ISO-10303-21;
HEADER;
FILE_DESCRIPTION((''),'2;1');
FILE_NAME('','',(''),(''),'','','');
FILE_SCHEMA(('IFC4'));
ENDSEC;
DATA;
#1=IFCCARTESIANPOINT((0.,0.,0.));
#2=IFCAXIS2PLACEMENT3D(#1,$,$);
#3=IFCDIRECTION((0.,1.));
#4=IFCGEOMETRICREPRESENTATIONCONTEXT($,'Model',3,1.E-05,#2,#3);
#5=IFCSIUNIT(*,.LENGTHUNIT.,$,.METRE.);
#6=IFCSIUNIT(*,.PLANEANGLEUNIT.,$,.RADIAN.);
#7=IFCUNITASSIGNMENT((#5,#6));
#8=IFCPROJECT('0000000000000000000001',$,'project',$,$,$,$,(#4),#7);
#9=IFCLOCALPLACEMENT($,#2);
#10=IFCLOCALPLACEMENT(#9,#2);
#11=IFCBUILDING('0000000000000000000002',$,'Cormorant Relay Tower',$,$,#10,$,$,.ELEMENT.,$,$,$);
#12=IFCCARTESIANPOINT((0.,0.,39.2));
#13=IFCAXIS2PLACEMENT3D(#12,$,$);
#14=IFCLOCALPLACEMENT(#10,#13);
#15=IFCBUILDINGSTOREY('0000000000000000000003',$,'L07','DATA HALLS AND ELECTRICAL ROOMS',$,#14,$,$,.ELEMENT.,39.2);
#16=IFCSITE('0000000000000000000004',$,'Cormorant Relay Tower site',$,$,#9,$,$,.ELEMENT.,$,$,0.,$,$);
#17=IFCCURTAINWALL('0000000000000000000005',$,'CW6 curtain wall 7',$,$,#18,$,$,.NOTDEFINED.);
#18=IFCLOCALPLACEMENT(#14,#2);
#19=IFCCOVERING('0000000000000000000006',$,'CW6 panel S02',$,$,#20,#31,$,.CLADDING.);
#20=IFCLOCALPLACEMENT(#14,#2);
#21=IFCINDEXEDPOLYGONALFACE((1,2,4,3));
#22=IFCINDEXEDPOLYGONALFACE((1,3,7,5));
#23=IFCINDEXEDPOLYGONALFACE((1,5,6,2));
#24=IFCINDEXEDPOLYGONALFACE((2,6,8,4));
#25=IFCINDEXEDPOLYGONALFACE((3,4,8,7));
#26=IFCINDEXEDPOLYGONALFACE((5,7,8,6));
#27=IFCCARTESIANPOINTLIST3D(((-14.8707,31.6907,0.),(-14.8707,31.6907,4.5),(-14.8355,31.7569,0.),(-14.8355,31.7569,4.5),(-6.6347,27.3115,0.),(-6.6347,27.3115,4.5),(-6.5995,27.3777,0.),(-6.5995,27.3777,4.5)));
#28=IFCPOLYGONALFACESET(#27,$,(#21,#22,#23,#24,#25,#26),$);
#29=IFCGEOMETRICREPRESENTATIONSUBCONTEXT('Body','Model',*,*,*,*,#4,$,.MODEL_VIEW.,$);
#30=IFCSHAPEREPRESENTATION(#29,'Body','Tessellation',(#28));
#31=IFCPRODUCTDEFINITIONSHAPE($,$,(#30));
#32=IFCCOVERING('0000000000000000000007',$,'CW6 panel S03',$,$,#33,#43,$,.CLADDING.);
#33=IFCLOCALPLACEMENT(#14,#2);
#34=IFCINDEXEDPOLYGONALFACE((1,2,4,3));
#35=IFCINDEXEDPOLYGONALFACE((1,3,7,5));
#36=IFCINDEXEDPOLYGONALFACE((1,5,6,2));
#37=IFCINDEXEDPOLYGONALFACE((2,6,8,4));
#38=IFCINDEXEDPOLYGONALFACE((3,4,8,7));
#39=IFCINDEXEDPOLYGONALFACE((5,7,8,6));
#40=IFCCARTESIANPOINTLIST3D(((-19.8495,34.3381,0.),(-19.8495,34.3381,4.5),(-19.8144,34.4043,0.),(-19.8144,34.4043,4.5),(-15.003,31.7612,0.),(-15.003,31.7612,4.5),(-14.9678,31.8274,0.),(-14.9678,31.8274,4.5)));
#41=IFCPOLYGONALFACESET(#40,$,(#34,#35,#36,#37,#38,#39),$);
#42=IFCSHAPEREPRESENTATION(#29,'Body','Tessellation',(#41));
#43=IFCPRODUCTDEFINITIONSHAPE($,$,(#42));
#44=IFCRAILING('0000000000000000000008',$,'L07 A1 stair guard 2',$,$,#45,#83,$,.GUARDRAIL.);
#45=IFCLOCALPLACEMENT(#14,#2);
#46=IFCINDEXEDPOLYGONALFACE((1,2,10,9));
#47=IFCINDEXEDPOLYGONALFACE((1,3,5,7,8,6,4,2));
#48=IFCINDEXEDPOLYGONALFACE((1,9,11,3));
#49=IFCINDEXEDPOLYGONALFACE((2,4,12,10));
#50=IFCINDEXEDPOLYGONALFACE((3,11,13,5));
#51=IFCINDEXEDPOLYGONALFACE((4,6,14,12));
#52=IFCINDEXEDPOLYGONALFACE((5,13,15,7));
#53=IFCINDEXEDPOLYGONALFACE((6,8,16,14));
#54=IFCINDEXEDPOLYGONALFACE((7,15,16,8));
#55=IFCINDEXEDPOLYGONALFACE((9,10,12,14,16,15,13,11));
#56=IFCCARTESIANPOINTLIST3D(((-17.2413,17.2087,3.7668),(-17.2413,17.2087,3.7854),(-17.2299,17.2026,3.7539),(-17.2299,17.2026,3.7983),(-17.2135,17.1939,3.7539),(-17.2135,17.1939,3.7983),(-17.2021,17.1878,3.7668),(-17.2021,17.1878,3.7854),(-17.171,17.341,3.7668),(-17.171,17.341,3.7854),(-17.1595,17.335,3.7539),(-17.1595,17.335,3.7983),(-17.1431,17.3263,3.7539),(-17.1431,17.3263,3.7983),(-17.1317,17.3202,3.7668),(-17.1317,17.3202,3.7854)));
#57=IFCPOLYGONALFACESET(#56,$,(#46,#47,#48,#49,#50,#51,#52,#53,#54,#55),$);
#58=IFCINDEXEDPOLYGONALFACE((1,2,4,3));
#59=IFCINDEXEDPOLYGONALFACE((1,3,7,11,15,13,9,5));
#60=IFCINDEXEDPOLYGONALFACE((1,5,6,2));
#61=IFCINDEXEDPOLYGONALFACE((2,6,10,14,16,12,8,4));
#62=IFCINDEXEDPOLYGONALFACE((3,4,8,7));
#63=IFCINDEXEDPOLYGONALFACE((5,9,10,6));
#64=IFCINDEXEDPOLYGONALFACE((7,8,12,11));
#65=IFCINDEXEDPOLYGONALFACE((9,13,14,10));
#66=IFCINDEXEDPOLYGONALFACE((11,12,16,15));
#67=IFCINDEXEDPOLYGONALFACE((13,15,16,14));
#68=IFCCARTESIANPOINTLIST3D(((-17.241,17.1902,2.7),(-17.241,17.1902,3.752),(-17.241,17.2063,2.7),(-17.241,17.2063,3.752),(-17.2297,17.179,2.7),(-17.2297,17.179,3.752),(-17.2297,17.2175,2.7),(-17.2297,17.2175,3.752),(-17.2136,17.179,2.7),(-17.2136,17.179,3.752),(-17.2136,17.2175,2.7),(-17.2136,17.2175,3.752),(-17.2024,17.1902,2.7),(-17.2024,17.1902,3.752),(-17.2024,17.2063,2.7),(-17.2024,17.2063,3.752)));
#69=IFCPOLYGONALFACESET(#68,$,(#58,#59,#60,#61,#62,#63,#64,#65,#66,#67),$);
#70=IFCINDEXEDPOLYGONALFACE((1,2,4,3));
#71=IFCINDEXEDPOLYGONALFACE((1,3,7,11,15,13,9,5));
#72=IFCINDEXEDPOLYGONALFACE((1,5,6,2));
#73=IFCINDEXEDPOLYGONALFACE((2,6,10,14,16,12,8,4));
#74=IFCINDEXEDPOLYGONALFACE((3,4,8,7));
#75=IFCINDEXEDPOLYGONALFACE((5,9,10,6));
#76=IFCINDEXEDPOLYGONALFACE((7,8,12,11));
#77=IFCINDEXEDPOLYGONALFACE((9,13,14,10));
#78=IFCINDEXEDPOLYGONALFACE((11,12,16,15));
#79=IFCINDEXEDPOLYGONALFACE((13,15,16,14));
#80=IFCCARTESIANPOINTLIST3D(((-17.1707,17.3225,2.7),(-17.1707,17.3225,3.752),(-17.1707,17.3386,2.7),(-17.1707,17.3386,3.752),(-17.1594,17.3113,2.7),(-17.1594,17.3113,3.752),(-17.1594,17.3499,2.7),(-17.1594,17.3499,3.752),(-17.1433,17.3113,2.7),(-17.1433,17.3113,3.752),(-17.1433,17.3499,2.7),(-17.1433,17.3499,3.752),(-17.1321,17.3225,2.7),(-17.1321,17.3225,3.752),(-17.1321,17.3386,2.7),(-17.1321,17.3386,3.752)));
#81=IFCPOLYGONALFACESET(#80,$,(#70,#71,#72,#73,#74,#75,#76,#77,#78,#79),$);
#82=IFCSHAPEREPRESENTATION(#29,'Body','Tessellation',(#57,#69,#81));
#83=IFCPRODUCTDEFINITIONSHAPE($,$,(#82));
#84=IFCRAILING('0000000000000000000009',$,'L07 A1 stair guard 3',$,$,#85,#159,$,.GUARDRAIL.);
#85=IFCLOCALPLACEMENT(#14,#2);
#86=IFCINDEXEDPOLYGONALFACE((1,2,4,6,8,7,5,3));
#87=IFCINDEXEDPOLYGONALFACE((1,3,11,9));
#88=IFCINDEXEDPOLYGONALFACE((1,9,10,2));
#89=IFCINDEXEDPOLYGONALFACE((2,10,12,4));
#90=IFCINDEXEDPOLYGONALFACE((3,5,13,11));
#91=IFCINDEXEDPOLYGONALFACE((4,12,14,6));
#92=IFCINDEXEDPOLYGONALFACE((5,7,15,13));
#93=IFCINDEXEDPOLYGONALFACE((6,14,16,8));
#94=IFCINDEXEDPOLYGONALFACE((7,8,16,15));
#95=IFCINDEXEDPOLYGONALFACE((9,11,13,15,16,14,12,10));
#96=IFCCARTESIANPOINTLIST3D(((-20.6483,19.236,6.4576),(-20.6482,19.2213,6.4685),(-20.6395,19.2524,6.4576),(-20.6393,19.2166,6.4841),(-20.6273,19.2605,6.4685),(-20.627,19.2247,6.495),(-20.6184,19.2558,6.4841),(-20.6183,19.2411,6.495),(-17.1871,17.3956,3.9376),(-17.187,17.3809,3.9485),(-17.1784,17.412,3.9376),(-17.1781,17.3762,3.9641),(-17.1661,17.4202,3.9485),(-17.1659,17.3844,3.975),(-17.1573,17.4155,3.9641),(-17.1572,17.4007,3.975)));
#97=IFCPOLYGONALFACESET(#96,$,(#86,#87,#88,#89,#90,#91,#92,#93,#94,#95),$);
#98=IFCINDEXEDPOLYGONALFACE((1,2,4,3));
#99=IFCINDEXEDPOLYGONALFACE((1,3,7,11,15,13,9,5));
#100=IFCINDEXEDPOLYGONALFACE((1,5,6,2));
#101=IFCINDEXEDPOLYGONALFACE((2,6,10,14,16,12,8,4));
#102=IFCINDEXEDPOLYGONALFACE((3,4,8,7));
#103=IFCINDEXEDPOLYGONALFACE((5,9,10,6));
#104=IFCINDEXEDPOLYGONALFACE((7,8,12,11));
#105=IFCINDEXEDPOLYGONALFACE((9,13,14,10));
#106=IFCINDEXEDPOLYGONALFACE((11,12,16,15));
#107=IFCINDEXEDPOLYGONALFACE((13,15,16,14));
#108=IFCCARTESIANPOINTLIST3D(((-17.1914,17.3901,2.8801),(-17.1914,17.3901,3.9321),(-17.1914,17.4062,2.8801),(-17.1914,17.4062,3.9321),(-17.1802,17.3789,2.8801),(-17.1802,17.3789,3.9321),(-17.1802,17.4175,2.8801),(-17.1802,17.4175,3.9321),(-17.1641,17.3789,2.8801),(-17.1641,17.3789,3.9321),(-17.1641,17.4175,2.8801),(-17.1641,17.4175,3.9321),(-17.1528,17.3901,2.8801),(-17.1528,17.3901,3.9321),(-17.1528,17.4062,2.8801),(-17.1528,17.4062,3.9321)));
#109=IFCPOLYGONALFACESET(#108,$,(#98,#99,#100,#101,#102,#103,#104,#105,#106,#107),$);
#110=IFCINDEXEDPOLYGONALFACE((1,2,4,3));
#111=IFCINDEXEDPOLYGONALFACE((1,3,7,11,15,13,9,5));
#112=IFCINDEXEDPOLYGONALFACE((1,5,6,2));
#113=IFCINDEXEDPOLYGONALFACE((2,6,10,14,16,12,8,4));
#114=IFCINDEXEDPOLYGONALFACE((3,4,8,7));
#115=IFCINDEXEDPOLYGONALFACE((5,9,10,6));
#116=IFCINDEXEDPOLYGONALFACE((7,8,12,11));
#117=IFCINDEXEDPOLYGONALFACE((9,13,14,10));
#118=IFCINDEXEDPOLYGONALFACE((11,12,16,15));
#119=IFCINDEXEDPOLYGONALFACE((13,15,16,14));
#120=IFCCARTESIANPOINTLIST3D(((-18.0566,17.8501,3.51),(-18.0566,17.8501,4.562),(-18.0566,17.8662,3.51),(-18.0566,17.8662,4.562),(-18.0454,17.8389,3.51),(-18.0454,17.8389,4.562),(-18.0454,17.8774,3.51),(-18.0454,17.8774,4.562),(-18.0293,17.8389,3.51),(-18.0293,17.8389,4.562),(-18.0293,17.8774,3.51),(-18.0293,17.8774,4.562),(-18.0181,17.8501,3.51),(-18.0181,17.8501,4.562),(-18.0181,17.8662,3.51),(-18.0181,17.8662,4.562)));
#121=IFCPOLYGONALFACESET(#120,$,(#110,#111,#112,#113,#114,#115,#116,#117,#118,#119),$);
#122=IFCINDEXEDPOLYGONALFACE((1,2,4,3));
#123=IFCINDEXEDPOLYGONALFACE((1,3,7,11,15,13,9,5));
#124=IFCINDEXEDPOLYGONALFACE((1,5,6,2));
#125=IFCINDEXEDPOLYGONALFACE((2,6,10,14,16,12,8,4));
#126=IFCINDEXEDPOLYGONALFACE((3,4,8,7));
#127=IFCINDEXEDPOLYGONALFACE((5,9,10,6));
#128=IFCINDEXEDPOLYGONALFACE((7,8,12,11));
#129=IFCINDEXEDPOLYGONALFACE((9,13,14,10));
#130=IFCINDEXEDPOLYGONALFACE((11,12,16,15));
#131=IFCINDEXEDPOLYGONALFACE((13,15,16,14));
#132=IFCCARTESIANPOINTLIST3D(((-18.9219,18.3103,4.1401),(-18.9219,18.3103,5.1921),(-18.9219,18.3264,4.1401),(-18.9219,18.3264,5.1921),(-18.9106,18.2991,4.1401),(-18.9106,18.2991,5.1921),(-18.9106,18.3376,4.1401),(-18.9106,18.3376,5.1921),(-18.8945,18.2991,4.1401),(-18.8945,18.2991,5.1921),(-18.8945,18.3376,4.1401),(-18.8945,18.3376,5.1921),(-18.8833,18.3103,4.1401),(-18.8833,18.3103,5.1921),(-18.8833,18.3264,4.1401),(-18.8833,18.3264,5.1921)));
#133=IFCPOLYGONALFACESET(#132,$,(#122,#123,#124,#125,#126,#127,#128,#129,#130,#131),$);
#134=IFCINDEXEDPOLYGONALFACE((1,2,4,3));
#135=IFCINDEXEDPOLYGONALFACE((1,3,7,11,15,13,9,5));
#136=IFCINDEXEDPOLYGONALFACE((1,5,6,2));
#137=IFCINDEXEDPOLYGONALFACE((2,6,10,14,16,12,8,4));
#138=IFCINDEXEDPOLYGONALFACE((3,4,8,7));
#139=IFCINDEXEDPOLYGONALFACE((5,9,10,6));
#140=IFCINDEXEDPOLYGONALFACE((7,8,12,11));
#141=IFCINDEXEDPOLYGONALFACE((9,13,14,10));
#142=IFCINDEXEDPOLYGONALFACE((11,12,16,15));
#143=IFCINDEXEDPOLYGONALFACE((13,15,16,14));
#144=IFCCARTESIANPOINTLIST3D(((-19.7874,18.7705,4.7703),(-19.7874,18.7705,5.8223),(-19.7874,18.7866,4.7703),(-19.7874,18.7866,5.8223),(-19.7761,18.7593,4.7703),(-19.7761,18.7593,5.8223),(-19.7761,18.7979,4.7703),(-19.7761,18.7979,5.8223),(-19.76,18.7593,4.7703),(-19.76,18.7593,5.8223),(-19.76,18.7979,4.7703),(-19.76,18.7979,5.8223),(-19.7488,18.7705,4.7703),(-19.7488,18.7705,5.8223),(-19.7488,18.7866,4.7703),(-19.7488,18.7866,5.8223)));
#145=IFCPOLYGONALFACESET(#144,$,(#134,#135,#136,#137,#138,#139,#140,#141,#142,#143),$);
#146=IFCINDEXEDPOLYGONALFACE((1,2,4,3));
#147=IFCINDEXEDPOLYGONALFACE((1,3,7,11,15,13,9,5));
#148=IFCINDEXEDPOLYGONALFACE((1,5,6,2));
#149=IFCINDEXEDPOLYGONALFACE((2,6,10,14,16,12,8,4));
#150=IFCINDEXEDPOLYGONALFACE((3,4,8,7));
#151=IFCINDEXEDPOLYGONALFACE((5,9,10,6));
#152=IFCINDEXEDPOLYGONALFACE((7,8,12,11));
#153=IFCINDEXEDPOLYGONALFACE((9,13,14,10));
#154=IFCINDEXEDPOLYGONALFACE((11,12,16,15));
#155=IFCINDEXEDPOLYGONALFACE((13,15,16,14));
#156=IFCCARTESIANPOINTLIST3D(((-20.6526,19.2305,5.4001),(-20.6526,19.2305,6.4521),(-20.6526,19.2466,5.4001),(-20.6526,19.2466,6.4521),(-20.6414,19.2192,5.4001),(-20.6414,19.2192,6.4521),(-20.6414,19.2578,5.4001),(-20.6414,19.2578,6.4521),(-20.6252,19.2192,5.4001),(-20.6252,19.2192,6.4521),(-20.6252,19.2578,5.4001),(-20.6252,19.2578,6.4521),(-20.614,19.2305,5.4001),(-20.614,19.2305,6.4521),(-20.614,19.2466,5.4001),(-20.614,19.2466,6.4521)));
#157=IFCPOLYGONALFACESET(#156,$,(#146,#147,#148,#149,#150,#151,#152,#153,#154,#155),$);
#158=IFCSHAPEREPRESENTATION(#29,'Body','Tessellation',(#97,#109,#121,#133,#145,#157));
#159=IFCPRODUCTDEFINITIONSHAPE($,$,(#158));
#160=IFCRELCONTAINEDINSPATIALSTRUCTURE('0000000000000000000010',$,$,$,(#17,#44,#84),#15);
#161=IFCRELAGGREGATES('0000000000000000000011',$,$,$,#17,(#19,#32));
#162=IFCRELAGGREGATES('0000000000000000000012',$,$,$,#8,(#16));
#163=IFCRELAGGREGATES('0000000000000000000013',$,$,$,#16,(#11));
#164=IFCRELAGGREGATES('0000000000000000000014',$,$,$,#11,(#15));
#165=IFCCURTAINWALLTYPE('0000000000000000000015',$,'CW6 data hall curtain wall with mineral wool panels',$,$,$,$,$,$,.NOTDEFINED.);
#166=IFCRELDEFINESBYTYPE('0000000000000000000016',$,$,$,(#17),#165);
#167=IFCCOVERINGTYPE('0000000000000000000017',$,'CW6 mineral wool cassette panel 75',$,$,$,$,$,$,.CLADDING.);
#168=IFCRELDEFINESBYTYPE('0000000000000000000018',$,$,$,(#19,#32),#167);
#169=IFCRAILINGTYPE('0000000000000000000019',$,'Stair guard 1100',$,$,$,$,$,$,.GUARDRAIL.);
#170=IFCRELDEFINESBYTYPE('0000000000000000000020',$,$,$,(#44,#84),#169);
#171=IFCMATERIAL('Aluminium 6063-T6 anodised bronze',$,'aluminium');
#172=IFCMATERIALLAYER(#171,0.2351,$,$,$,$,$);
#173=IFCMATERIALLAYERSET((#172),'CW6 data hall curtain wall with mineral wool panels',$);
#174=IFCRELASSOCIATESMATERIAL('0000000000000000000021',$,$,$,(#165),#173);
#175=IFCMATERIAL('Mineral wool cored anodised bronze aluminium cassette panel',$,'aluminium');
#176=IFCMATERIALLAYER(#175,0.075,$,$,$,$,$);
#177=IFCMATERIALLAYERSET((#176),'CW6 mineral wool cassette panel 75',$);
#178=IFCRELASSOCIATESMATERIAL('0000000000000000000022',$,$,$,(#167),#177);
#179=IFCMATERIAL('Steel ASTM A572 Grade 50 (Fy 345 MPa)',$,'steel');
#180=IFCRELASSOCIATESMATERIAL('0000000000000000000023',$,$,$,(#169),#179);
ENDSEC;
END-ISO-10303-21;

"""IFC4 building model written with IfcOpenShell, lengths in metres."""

from ifc_helpers import new_model, si_unit, direction, frame, origin, origin_2d, place, context, subcontext, project, spatial, polyline, rectangle, outline, extrude, material, layer, layer_set, type_object, element, aggregate, save


model = new_model("IFC4")

# Units and contexts
model_context = context("Model", 3, precision=1e-05, world=origin(), true_north=direction((0.0, 1.0)))
body_context = subcontext(model_context, "Body", "Model", "MODEL_VIEW")
ifc_project = project(units=[si_unit("LENGTHUNIT", "METRE"), si_unit("PLANEANGLEUNIT", "RADIAN")], contexts=[model_context])

# Site, building, storey
site_placement = place(None, origin())
site = spatial("IfcSite", under=ifc_project, at=site_placement, Name="Cormorant Relay Tower site", CompositionType="ELEMENT", RefElevation=0.0)
building_placement = place(site_placement, origin())
building = spatial("IfcBuilding", under=site, at=building_placement, Name="Cormorant Relay Tower", CompositionType="ELEMENT")
storey_placement = place(building_placement, frame((0.0, 0.0, 39.2)))
storey = spatial("IfcBuildingStorey", under=building, at=storey_placement, Name="L07", Description="DATA HALLS AND ELECTRICAL ROOMS", CompositionType="ELEMENT", Elevation=39.2)

# Curtain wall
ifc_material_1 = material(Name="Aluminium 6063-T6 anodised bronze", Category="aluminium")
ifc_layer_1 = layer(ifc_material_1, 0.2351)
ifc_layer_set_1 = layer_set([ifc_layer_1], Name="CW6 data hall curtain wall with mineral wool panels")
curtain_wall_type = type_object("IfcCurtainWallType", Name="CW6 data hall curtain wall with mineral wool panels", PredefinedType="NOTDEFINED", material=ifc_layer_set_1)
curtain_wall_placement = place(storey_placement, origin())
curtain_wall = element("IfcCurtainWall", 1, at=curtain_wall_placement, inside=storey, type_object=curtain_wall_type, Name="CW6 curtain wall 7", PredefinedType="NOTDEFINED")

# Coverings
ifc_material_2 = material(Name="Mineral wool cored anodised bronze aluminium cassette panel", Category="aluminium")
ifc_layer_2 = layer(ifc_material_2, 0.075)
ifc_layer_set_2 = layer_set([ifc_layer_2], Name="CW6 mineral wool cassette panel 75")
covering_type = type_object("IfcCoveringType", Name="CW6 mineral wool cassette panel 75", PredefinedType="CLADDING", material=ifc_layer_set_2)
covering_1_placement = place(storey_placement, frame((-10.7351, 29.5342, 0.0), z_axis=(0.0, 0.0, 1.0), x_axis=(-0.882948, 0.469472, 0.0)))
covering_1 = element("IfcCovering", 2, at=covering_1_placement, type_object=covering_type, Name="CW6 panel S02", PredefinedType="CLADDING", context=body_context, shape_type="SweptSolid", body=[
    extrude(rectangle(XDim=9.3279, YDim=0.075, at=origin_2d()), origin(), (0.0, 0.0, 1.0), 4.5),
])
covering_2_placement = place(storey_placement, frame((-17.4087, 33.0828, 0.0), z_axis=(0.0, 0.0, 1.0), x_axis=(-0.882948, 0.469472, 0.0)))
covering_2 = element("IfcCovering", 3, at=covering_2_placement, type_object=covering_type, Name="CW6 panel S03", PredefinedType="CLADDING", context=body_context, shape_type="SweptSolid", body=[
    extrude(rectangle(XDim=5.489, YDim=0.075, at=origin_2d()), origin(), (0.0, 0.0, 1.0), 4.5),
])
aggregate(curtain_wall, [covering_1, covering_2])

# Railings
ifc_material_3 = material(Name="Steel ASTM A572 Grade 50 (Fy 345 MPa)", Category="steel")
railing_type_1 = type_object("IfcRailingType", Name="Stair guard 1100", PredefinedType="GUARDRAIL", material=ifc_material_3)
railing_1_placement = place(storey_placement, frame((-17.2217, 17.1982, 2.7)))
element("IfcRailing", 4, at=railing_1_placement, inside=storey, type_object=railing_type_1, Name="L07 A1 stair guard 2", PredefinedType="GUARDRAIL", context=body_context, shape_type="SweptSolid", body=[
    extrude(outline(polyline([(0.0222, 0.0093), (0.0093, 0.0222), (-0.0093, 0.0222), (-0.0222, 0.0093), (-0.0222, -0.0093), (-0.0093, -0.0222), (0.0093, -0.0222), (0.0222, -0.0093), (0.0222, 0.0093)])), frame((0.0, 0.0, 1.0762), z_axis=(0.469235, 0.883074, 0.0), x_axis=(-0.883074, 0.469235, 0.0)), (0.0, 0.0, 1.0), 0.1499),
    extrude(outline(polyline([(0.0193, 0.0081), (0.0081, 0.0193), (-0.0081, 0.0193), (-0.0193, 0.0081), (-0.0193, -0.0081), (-0.0081, -0.0193), (0.0081, -0.0193), (0.0193, -0.0081), (0.0193, 0.0081)])), origin(), (0.0, 0.0, 1.0), 1.052),
    extrude(outline(polyline([(0.0193, 0.0081), (0.0081, 0.0193), (-0.0081, 0.0193), (-0.0193, 0.0081), (-0.0193, -0.0081), (-0.0081, -0.0193), (0.0081, -0.0193), (0.0193, -0.0081), (0.0193, 0.0081)])), frame((0.0703, 0.1323, 0.0)), (0.0, 0.0, 1.0), 1.052),
])
railing_2_placement = place(storey_placement, frame((-17.1721, 17.3982, 2.8801)))
element("IfcRailing", 5, at=railing_2_placement, inside=storey, type_object=railing_type_1, Name="L07 A1 stair guard 3", PredefinedType="GUARDRAIL", context=body_context, shape_type="SweptSolid", body=[
    extrude(outline(polyline([(0.0222, 0.0093), (0.0093, 0.0222), (-0.0093, 0.0222), (-0.0222, 0.0093), (-0.0222, -0.0093), (-0.0093, -0.0222), (0.0093, -0.0222), (0.0222, -0.0093), (0.0222, 0.0093)])), frame((0.0, 0.0, 1.0762), z_axis=(-0.742717, 0.394907, 0.540758), x_axis=(-0.469469, -0.882949, 0.0)), (0.0, 0.0, 1.0), 4.6602),
    extrude(outline(polyline([(0.0193, 0.0081), (0.0081, 0.0193), (-0.0081, 0.0193), (-0.0193, 0.0081), (-0.0193, -0.0081), (-0.0081, -0.0193), (0.0081, -0.0193), (0.0193, -0.0081), (0.0193, 0.0081)])), origin(), (0.0, 0.0, 1.0), 1.052),
    extrude(outline(polyline([(0.0193, 0.0081), (0.0081, 0.0193), (-0.0081, 0.0193), (-0.0193, 0.0081), (-0.0193, -0.0081), (-0.0081, -0.0193), (0.0081, -0.0193), (0.0193, -0.0081), (0.0193, 0.0081)])), frame((-0.8652, 0.46, 0.6299)), (0.0, 0.0, 1.0), 1.052),
    extrude(outline(polyline([(0.0193, 0.0081), (0.0081, 0.0193), (-0.0081, 0.0193), (-0.0193, 0.0081), (-0.0193, -0.0081), (-0.0081, -0.0193), (0.0081, -0.0193), (0.0193, -0.0081), (0.0193, 0.0081)])), frame((-1.7305, 0.9202, 1.26)), (0.0, 0.0, 1.0), 1.052),
    extrude(outline(polyline([(0.0193, 0.0081), (0.0081, 0.0193), (-0.0081, 0.0193), (-0.0193, 0.0081), (-0.0193, -0.0081), (-0.0081, -0.0193), (0.0081, -0.0193), (0.0193, -0.0081), (0.0193, 0.0081)])), frame((-2.5959, 1.3804, 1.8901)), (0.0, 0.0, 1.0), 1.052),
    extrude(outline(polyline([(0.0193, 0.0081), (0.0081, 0.0193), (-0.0081, 0.0193), (-0.0193, 0.0081), (-0.0193, -0.0081), (-0.0081, -0.0193), (0.0081, -0.0193), (0.0193, -0.0081), (0.0193, 0.0081)])), frame((-3.4612, 1.8403, 2.52)), (0.0, 0.0, 1.0), 1.052),
])

save(model, "model.ifc")
